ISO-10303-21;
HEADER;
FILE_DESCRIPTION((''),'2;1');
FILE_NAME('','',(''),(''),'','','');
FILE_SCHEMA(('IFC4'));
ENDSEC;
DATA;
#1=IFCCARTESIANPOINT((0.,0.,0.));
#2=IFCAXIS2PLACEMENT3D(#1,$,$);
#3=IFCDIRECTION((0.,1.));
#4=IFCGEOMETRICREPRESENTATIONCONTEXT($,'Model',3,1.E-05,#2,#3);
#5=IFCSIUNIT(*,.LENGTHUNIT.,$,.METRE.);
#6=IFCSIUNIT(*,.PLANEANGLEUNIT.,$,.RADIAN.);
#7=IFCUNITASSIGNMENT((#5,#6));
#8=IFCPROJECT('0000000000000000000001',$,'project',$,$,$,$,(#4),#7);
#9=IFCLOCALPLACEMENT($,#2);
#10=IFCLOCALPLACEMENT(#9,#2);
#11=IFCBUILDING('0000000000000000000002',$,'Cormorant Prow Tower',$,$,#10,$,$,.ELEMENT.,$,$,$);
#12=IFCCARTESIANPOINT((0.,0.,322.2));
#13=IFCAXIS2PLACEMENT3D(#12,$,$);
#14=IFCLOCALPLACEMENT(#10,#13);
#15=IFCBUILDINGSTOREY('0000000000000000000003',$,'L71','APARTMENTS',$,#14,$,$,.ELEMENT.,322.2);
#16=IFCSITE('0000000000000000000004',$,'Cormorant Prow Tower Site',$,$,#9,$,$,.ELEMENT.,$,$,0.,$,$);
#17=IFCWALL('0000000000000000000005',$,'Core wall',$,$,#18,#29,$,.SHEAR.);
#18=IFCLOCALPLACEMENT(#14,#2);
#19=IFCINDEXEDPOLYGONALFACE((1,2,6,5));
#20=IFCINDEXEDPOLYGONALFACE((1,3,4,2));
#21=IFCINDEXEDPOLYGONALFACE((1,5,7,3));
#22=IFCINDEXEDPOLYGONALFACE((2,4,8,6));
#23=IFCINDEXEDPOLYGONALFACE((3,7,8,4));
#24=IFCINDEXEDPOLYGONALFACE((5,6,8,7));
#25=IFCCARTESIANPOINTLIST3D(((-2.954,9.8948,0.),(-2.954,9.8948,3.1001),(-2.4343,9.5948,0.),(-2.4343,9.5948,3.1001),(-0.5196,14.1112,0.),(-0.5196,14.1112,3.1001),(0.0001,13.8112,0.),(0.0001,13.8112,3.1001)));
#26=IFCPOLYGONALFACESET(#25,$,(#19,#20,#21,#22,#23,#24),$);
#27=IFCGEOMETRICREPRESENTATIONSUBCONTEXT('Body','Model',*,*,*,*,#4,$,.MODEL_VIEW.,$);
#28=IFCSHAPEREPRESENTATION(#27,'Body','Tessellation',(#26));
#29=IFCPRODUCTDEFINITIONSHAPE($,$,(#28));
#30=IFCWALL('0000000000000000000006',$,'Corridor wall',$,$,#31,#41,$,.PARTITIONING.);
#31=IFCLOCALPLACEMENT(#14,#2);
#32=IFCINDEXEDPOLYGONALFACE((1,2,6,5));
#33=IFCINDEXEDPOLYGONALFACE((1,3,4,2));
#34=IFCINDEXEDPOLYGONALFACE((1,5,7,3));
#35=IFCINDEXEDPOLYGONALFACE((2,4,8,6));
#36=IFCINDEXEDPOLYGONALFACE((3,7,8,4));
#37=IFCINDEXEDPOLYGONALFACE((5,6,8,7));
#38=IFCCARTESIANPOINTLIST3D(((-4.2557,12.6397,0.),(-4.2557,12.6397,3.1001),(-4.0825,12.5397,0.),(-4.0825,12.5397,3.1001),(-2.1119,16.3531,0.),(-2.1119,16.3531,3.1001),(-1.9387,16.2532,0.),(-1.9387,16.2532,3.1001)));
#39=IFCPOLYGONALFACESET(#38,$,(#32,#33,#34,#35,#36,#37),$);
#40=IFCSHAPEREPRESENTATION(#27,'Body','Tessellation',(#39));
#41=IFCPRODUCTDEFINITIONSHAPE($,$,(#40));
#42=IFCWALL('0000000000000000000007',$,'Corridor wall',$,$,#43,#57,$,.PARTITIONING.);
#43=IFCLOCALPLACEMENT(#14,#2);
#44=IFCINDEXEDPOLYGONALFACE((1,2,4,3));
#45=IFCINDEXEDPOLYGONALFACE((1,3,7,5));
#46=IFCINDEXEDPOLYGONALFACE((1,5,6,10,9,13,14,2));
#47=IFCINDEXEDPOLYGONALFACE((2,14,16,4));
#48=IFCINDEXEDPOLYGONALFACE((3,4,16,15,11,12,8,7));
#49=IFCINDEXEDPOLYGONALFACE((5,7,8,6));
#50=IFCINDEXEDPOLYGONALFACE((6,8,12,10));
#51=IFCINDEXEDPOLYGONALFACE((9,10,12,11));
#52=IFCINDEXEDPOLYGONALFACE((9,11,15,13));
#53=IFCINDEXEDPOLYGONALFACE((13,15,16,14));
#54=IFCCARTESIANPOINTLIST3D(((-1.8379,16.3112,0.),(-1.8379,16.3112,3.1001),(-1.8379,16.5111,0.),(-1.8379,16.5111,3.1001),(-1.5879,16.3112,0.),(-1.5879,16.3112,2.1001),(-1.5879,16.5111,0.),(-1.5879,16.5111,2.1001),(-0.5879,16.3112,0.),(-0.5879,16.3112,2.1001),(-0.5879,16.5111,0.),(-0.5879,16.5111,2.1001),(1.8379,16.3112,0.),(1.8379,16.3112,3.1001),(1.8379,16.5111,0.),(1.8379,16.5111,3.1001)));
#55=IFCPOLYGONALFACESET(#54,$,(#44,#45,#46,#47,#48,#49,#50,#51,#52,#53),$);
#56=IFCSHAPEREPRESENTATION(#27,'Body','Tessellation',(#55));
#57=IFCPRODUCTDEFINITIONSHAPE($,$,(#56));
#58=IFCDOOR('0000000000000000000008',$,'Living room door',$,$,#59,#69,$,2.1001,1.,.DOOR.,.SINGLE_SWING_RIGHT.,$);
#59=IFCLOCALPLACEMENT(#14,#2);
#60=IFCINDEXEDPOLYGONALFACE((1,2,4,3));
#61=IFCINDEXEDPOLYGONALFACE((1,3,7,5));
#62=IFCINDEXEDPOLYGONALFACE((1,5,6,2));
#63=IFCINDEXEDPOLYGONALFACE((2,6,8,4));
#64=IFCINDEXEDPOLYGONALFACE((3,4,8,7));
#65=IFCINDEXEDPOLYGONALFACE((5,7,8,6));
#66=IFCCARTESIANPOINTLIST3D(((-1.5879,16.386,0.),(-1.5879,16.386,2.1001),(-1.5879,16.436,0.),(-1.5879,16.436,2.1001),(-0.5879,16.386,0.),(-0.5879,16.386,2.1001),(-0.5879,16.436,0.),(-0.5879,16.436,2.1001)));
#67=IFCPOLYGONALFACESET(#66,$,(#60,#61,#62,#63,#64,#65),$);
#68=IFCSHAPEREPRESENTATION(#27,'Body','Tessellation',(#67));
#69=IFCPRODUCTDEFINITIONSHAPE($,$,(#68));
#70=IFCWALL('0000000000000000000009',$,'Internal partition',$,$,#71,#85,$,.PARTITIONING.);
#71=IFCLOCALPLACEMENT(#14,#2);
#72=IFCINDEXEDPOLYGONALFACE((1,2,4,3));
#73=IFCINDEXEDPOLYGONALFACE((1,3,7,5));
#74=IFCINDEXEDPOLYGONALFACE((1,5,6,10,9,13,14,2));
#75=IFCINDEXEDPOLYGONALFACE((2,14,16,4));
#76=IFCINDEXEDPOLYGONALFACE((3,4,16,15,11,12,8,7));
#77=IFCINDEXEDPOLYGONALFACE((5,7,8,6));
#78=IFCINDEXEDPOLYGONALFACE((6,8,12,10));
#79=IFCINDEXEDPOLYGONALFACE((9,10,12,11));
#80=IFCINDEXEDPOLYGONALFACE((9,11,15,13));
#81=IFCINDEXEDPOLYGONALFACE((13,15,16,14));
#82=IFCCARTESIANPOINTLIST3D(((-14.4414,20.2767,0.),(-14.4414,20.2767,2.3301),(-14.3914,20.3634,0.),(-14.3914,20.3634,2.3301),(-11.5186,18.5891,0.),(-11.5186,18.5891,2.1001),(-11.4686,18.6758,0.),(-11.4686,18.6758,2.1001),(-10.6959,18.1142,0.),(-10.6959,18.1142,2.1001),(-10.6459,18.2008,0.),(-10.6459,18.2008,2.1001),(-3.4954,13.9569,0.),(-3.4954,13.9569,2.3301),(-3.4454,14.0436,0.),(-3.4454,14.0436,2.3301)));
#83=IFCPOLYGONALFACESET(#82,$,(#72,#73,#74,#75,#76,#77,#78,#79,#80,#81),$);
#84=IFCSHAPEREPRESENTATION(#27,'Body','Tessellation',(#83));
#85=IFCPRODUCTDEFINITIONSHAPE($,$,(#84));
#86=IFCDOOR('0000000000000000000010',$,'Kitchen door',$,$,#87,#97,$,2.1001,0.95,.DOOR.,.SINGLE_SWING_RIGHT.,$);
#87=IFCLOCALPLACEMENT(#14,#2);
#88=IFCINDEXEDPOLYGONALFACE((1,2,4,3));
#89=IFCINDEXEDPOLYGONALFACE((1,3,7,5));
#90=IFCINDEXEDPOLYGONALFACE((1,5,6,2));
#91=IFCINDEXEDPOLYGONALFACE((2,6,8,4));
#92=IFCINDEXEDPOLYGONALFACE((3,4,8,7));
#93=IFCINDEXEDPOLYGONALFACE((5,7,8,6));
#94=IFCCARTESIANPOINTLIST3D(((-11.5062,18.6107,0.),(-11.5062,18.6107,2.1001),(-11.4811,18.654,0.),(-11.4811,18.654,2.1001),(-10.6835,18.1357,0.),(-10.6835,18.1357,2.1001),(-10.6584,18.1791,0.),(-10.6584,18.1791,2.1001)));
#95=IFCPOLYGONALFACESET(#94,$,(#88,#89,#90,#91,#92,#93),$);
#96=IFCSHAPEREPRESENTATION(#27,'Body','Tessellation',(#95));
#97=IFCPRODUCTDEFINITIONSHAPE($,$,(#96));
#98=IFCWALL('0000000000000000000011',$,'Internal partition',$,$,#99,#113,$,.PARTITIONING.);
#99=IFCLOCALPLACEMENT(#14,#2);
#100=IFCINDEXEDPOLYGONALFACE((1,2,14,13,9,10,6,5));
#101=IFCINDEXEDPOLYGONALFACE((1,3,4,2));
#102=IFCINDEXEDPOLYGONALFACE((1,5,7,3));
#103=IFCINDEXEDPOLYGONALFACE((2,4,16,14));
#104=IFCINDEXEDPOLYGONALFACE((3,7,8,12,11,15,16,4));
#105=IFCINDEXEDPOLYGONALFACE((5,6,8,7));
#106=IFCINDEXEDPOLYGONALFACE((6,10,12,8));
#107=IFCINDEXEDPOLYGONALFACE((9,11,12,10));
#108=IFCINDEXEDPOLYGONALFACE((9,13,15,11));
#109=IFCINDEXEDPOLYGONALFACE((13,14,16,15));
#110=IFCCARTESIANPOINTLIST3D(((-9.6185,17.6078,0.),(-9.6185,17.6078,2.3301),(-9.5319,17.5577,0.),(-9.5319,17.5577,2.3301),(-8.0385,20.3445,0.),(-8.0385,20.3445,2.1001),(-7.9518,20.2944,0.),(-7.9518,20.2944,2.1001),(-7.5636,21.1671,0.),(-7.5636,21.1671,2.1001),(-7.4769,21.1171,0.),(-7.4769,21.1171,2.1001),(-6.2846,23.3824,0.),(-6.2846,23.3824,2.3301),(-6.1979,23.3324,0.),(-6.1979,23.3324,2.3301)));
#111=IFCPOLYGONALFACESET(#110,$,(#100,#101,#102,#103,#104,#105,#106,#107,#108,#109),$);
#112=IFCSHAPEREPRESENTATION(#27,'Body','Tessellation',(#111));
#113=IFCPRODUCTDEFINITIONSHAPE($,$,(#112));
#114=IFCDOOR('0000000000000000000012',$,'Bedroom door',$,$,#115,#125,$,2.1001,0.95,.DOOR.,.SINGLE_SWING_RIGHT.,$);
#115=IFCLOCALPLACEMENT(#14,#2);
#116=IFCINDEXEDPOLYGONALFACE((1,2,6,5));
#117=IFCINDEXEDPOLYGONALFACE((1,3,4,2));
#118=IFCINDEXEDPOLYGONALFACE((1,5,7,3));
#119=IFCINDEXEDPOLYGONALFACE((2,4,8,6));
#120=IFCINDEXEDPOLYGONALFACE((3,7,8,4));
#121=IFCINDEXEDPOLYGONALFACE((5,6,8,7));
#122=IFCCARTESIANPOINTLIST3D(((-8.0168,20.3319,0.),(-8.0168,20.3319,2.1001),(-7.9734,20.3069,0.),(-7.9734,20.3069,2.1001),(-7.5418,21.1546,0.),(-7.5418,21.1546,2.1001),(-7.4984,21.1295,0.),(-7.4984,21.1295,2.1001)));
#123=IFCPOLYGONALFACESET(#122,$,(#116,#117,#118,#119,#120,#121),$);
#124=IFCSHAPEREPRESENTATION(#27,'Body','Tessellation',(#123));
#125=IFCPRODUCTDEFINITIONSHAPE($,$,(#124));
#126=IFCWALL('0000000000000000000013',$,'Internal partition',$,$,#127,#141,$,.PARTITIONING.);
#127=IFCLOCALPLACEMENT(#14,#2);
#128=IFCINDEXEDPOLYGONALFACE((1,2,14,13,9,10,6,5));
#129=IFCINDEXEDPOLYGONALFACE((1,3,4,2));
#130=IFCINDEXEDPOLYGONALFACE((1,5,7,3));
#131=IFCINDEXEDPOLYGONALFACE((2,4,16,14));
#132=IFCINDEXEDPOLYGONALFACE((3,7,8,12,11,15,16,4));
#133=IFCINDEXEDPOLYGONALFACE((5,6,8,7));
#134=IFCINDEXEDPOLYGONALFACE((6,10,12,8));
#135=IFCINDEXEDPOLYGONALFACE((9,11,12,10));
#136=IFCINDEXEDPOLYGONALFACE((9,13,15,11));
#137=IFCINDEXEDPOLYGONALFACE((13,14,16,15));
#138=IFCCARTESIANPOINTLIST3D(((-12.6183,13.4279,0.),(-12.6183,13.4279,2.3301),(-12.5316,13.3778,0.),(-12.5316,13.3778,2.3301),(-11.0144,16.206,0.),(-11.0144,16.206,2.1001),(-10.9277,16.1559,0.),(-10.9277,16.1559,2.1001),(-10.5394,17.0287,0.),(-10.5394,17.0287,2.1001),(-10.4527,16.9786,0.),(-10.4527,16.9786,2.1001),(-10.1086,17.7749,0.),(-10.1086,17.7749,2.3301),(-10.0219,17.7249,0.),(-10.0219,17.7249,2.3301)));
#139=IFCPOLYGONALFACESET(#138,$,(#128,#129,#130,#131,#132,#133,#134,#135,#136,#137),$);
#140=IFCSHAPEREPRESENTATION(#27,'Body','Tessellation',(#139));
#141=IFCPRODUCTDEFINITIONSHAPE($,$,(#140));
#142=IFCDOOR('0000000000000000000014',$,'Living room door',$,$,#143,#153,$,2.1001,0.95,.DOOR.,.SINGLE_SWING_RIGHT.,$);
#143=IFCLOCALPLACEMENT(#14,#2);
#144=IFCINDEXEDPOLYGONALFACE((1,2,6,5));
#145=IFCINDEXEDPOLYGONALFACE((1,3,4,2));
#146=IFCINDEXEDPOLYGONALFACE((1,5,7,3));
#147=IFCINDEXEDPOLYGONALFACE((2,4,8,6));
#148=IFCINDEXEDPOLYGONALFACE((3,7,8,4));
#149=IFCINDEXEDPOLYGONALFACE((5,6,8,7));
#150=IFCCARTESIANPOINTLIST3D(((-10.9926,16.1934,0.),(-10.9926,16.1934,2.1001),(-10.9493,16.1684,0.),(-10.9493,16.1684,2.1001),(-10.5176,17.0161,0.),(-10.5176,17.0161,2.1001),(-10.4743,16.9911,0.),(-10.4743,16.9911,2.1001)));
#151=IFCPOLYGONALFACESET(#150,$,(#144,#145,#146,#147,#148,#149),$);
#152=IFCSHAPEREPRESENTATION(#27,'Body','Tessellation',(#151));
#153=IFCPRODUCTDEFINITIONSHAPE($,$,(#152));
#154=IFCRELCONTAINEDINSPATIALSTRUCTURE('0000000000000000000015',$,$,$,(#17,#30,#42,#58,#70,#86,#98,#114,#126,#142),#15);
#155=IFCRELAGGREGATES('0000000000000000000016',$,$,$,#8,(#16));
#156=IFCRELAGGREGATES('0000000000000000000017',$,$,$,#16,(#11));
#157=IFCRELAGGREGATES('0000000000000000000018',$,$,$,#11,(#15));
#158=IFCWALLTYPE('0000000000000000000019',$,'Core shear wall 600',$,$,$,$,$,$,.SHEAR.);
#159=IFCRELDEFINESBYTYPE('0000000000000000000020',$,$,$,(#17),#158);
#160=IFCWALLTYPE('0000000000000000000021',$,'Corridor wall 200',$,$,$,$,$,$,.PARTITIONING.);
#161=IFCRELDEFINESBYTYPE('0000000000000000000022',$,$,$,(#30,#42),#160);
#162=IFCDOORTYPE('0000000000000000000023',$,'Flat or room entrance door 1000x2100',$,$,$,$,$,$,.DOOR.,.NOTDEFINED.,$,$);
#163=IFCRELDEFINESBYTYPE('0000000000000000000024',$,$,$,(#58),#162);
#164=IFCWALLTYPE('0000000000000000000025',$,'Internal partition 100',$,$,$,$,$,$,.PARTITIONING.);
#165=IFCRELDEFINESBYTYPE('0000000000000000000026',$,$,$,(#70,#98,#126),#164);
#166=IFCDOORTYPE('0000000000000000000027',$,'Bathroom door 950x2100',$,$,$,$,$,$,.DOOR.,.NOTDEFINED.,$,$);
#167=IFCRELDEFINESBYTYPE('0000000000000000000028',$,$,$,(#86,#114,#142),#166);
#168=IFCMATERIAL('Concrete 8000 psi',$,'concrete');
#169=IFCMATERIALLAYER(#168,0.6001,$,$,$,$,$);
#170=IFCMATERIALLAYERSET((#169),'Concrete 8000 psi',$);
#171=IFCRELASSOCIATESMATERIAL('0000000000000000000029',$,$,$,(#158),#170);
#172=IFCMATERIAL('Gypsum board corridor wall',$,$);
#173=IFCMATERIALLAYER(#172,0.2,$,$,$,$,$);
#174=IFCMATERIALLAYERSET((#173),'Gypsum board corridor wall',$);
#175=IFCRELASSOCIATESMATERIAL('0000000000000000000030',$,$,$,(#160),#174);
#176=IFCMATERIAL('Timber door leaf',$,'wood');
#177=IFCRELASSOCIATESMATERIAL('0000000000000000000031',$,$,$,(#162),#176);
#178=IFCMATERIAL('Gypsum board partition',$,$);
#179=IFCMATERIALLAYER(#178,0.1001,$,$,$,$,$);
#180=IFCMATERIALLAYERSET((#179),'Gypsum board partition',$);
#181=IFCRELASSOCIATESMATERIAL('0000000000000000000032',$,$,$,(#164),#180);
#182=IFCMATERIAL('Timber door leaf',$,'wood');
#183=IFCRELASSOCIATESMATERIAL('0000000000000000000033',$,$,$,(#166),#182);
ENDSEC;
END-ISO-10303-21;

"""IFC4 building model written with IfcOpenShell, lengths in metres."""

from ifc_helpers import new_model, si_unit, direction, frame, frame_2d, origin, place, context, subcontext, project, spatial, rectangle, extrude, material, layer, layer_set, type_object, element, fill, save


model = new_model("IFC4")

# Units and contexts
model_context = context("Model", 3, precision=1e-05, world=origin(), true_north=direction((0.0, 1.0)))
body_context = subcontext(model_context, "Body", "Model", "MODEL_VIEW")
ifc_project = project(units=[si_unit("LENGTHUNIT", "METRE"), si_unit("PLANEANGLEUNIT", "RADIAN")], contexts=[model_context])

# Site, building, storey
site_placement = place(None, origin())
site = spatial("IfcSite", under=ifc_project, at=site_placement, Name="Cormorant Prow Tower Site", CompositionType="ELEMENT", RefElevation=0.0)
building_placement = place(site_placement, origin())
building = spatial("IfcBuilding", under=site, at=building_placement, Name="Cormorant Prow Tower", CompositionType="ELEMENT")
storey_placement = place(building_placement, frame((0.0, 0.0, 322.2)))
storey = spatial("IfcBuildingStorey", under=building, at=storey_placement, Name="L71", Description="APARTMENTS", CompositionType="ELEMENT", Elevation=322.2)

# Walls
ifc_material_1 = material(Name="Concrete 8000 psi", Category="concrete")
ifc_layer_1 = layer(ifc_material_1, 0.6001)
ifc_layer_set_1 = layer_set([ifc_layer_1], Name="Concrete 8000 psi")
wall_type_1 = type_object("IfcWallType", Name="Core shear wall 600", PredefinedType="SHEAR", material=ifc_layer_set_1)
wall_1_placement = place(storey_placement, frame((-0.2598, 13.9612, 0.0), z_axis=(0.0, 0.0, 1.0), x_axis=(-0.500006, -0.866022, 0.0)))
element("IfcWall", 1, at=wall_1_placement, inside=storey, type_object=wall_type_1, Name="Core wall", PredefinedType="SHEAR", context=body_context, shape_type="SweptSolid", body=[
    extrude(rectangle(XDim=4.8687, YDim=0.6001, at=frame_2d((2.4343, 0.0))), origin(), (0.0, 0.0, 1.0), 3.1001),
])
ifc_material_2 = material(Name="Gypsum board corridor wall")
ifc_layer_2 = layer(ifc_material_2, 0.2)
ifc_layer_set_2 = layer_set([ifc_layer_2], Name="Gypsum board corridor wall")
wall_type_2 = type_object("IfcWallType", Name="Corridor wall 200", PredefinedType="PARTITIONING", material=ifc_layer_set_2)
wall_2_placement = place(storey_placement, frame((-4.1692, 12.5896, 0.0), z_axis=(0.0, 0.0, 1.0), x_axis=(0.499979, 0.866038, 0.0)))
element("IfcWall", 2, at=wall_2_placement, inside=storey, type_object=wall_type_2, Name="Corridor wall", PredefinedType="PARTITIONING", context=body_context, shape_type="SweptSolid", body=[
    extrude(rectangle(XDim=4.2878, YDim=0.2, at=frame_2d((2.144, 0.0))), origin(), (0.0, 0.0, 1.0), 3.1001),
])

# Walls, openings, doors
wall_3_placement = place(storey_placement, frame((-1.8379, 16.4111, 0.0), z_axis=(0.0, 0.0, 1.0), x_axis=(1.0, 0.0, 0.0)))
wall_3 = element("IfcWall", 3, at=wall_3_placement, inside=storey, type_object=wall_type_2, Name="Corridor wall", PredefinedType="PARTITIONING", context=body_context, shape_type="SweptSolid", body=[
    extrude(rectangle(XDim=3.6758, YDim=0.2, at=frame_2d((1.8379, 0.0))), origin(), (0.0, 0.0, 1.0), 3.1001),
])
opening_1_placement = place(wall_3_placement, frame((0.25, 0.0, 0.0)))
opening_1 = element("IfcOpeningElement", 4, at=opening_1_placement, cuts=wall_3, PredefinedType="OPENING", context=body_context, shape_type="SweptSolid", body=[
    extrude(rectangle(XDim=1.0, YDim=2.1001, at=frame_2d((0.5, 1.05))), frame((0.0, 0.1099, 0.0), z_axis=(0.0, -1.0, 0.0), x_axis=(1.0, 0.0, 0.0)), (0.0, 0.0, 1.0), 0.22),
])
ifc_material_3 = material(Name="Timber door leaf", Category="wood")
door_type_1 = type_object("IfcDoorType", Name="Flat or room entrance door 1000x2100", OperationType="NOTDEFINED", PredefinedType="DOOR", material=ifc_material_3)
door_1_placement = place(opening_1_placement, origin())
door_1 = element("IfcDoor", 5, at=door_1_placement, inside=storey, type_object=door_type_1, Name="Living room door", OperationType="SINGLE_SWING_RIGHT", OverallHeight=2.1001, OverallWidth=1.0, PredefinedType="DOOR", context=body_context, shape_type="SweptSolid", body=[
    extrude(rectangle(XDim=1.0, YDim=2.1001, at=frame_2d((0.5, 1.05))), frame((0.0, 0.0249, 0.0), z_axis=(0.0, -1.0, 0.0), x_axis=(1.0, 0.0, 0.0)), (0.0, 0.0, 1.0), 0.05),
])
fill(opening_1, door_1)
ifc_material_4 = material(Name="Gypsum board partition")
ifc_layer_3 = layer(ifc_material_4, 0.1001)
ifc_layer_set_3 = layer_set([ifc_layer_3], Name="Gypsum board partition")
wall_type_3 = type_object("IfcWallType", Name="Internal partition 100", PredefinedType="PARTITIONING", material=ifc_layer_set_3)
wall_4_placement = place(storey_placement, frame((-14.4165, 20.3201, 0.0), z_axis=(0.0, 0.0, 1.0), x_axis=(0.866021, -0.500007, 0.0)))
wall_4 = element("IfcWall", 6, at=wall_4_placement, inside=storey, type_object=wall_type_3, Name="Internal partition", PredefinedType="PARTITIONING", context=body_context, shape_type="SweptSolid", body=[
    extrude(rectangle(XDim=12.6394, YDim=0.1001, at=frame_2d((6.3198, 0.0))), origin(), (0.0, 0.0, 1.0), 2.3301),
])
opening_2_placement = place(wall_4_placement, frame((3.375, 0.0, 0.0)))
opening_2 = element("IfcOpeningElement", 7, at=opening_2_placement, cuts=wall_4, PredefinedType="OPENING", context=body_context, shape_type="SweptSolid", body=[
    extrude(rectangle(XDim=0.95, YDim=2.1001, at=frame_2d((0.4751, 1.05))), frame((0.0, 0.0601, 0.0), z_axis=(0.0, -1.0, 0.0), x_axis=(1.0, 0.0, 0.0)), (0.0, 0.0, 1.0), 0.1201),
])
ifc_material_5 = material(Name="Timber door leaf", Category="wood")
door_type_2 = type_object("IfcDoorType", Name="Bathroom door 950x2100", OperationType="NOTDEFINED", PredefinedType="DOOR", material=ifc_material_5)
door_2_placement = place(opening_2_placement, origin())
door_2 = element("IfcDoor", 8, at=door_2_placement, inside=storey, type_object=door_type_2, Name="Kitchen door", OperationType="SINGLE_SWING_RIGHT", OverallHeight=2.1001, OverallWidth=0.95, PredefinedType="DOOR", context=body_context, shape_type="SweptSolid", body=[
    extrude(rectangle(XDim=0.95, YDim=2.1001, at=frame_2d((0.4751, 1.05))), frame((0.0, 0.0249, 0.0), z_axis=(0.0, -1.0, 0.0), x_axis=(1.0, 0.0, 0.0)), (0.0, 0.0, 1.0), 0.05),
])
fill(opening_2, door_2)
wall_5_placement = place(storey_placement, frame((-9.5752, 17.5828, 0.0), z_axis=(0.0, 0.0, 1.0), x_axis=(0.499998, 0.866026, 0.0)))
wall_5 = element("IfcWall", 9, at=wall_5_placement, inside=storey, type_object=wall_type_3, Name="Internal partition", PredefinedType="PARTITIONING", context=body_context, shape_type="SweptSolid", body=[
    extrude(rectangle(XDim=6.668, YDim=0.1001, at=frame_2d((3.334, 0.0))), origin(), (0.0, 0.0, 1.0), 2.3301),
])
opening_3_placement = place(wall_5_placement, frame((3.1599, 0.0, 0.0)))
opening_3 = element("IfcOpeningElement", 10, at=opening_3_placement, cuts=wall_5, PredefinedType="OPENING", context=body_context, shape_type="SweptSolid", body=[
    extrude(rectangle(XDim=0.95, YDim=2.1001, at=frame_2d((0.4751, 1.05))), frame((0.0, 0.0601, 0.0), z_axis=(0.0, -1.0, 0.0), x_axis=(1.0, 0.0, 0.0)), (0.0, 0.0, 1.0), 0.1201),
])
door_3_placement = place(opening_3_placement, origin())
door_3 = element("IfcDoor", 11, at=door_3_placement, inside=storey, type_object=door_type_2, Name="Bedroom door", OperationType="SINGLE_SWING_RIGHT", OverallHeight=2.1001, OverallWidth=0.95, PredefinedType="DOOR", context=body_context, shape_type="SweptSolid", body=[
    extrude(rectangle(XDim=0.95, YDim=2.1001, at=frame_2d((0.4751, 1.05))), frame((0.0, 0.0249, 0.0), z_axis=(0.0, -1.0, 0.0), x_axis=(1.0, 0.0, 0.0)), (0.0, 0.0, 1.0), 0.05),
])
fill(opening_3, door_3)
wall_6_placement = place(storey_placement, frame((-12.575, 13.4028, 0.0), z_axis=(0.0, 0.0, 1.0), x_axis=(0.499989, 0.866032, 0.0)))
wall_6 = element("IfcWall", 12, at=wall_6_placement, inside=storey, type_object=wall_type_3, Name="Internal partition", PredefinedType="PARTITIONING", context=body_context, shape_type="SweptSolid", body=[
    extrude(rectangle(XDim=5.0195, YDim=0.1001, at=frame_2d((2.5098, 0.0))), origin(), (0.0, 0.0, 1.0), 2.3301),
])
opening_4_placement = place(wall_6_placement, frame((3.2078, 0.0, 0.0)))
opening_4 = element("IfcOpeningElement", 13, at=opening_4_placement, cuts=wall_6, PredefinedType="OPENING", context=body_context, shape_type="SweptSolid", body=[
    extrude(rectangle(XDim=0.95, YDim=2.1001, at=frame_2d((0.4751, 1.05))), frame((0.0, 0.0601, 0.0), z_axis=(0.0, -1.0, 0.0), x_axis=(1.0, 0.0, 0.0)), (0.0, 0.0, 1.0), 0.1201),
])
door_4_placement = place(opening_4_placement, origin())
door_4 = element("IfcDoor", 14, at=door_4_placement, inside=storey, type_object=door_type_2, Name="Living room door", OperationType="SINGLE_SWING_RIGHT", OverallHeight=2.1001, OverallWidth=0.95, PredefinedType="DOOR", context=body_context, shape_type="SweptSolid", body=[
    extrude(rectangle(XDim=0.95, YDim=2.1001, at=frame_2d((0.4751, 1.05))), frame((0.0, 0.0249, 0.0), z_axis=(0.0, -1.0, 0.0), x_axis=(1.0, 0.0, 0.0)), (0.0, 0.0, 1.0), 0.05),
])
fill(opening_4, door_4)

save(model, "model.ifc")
